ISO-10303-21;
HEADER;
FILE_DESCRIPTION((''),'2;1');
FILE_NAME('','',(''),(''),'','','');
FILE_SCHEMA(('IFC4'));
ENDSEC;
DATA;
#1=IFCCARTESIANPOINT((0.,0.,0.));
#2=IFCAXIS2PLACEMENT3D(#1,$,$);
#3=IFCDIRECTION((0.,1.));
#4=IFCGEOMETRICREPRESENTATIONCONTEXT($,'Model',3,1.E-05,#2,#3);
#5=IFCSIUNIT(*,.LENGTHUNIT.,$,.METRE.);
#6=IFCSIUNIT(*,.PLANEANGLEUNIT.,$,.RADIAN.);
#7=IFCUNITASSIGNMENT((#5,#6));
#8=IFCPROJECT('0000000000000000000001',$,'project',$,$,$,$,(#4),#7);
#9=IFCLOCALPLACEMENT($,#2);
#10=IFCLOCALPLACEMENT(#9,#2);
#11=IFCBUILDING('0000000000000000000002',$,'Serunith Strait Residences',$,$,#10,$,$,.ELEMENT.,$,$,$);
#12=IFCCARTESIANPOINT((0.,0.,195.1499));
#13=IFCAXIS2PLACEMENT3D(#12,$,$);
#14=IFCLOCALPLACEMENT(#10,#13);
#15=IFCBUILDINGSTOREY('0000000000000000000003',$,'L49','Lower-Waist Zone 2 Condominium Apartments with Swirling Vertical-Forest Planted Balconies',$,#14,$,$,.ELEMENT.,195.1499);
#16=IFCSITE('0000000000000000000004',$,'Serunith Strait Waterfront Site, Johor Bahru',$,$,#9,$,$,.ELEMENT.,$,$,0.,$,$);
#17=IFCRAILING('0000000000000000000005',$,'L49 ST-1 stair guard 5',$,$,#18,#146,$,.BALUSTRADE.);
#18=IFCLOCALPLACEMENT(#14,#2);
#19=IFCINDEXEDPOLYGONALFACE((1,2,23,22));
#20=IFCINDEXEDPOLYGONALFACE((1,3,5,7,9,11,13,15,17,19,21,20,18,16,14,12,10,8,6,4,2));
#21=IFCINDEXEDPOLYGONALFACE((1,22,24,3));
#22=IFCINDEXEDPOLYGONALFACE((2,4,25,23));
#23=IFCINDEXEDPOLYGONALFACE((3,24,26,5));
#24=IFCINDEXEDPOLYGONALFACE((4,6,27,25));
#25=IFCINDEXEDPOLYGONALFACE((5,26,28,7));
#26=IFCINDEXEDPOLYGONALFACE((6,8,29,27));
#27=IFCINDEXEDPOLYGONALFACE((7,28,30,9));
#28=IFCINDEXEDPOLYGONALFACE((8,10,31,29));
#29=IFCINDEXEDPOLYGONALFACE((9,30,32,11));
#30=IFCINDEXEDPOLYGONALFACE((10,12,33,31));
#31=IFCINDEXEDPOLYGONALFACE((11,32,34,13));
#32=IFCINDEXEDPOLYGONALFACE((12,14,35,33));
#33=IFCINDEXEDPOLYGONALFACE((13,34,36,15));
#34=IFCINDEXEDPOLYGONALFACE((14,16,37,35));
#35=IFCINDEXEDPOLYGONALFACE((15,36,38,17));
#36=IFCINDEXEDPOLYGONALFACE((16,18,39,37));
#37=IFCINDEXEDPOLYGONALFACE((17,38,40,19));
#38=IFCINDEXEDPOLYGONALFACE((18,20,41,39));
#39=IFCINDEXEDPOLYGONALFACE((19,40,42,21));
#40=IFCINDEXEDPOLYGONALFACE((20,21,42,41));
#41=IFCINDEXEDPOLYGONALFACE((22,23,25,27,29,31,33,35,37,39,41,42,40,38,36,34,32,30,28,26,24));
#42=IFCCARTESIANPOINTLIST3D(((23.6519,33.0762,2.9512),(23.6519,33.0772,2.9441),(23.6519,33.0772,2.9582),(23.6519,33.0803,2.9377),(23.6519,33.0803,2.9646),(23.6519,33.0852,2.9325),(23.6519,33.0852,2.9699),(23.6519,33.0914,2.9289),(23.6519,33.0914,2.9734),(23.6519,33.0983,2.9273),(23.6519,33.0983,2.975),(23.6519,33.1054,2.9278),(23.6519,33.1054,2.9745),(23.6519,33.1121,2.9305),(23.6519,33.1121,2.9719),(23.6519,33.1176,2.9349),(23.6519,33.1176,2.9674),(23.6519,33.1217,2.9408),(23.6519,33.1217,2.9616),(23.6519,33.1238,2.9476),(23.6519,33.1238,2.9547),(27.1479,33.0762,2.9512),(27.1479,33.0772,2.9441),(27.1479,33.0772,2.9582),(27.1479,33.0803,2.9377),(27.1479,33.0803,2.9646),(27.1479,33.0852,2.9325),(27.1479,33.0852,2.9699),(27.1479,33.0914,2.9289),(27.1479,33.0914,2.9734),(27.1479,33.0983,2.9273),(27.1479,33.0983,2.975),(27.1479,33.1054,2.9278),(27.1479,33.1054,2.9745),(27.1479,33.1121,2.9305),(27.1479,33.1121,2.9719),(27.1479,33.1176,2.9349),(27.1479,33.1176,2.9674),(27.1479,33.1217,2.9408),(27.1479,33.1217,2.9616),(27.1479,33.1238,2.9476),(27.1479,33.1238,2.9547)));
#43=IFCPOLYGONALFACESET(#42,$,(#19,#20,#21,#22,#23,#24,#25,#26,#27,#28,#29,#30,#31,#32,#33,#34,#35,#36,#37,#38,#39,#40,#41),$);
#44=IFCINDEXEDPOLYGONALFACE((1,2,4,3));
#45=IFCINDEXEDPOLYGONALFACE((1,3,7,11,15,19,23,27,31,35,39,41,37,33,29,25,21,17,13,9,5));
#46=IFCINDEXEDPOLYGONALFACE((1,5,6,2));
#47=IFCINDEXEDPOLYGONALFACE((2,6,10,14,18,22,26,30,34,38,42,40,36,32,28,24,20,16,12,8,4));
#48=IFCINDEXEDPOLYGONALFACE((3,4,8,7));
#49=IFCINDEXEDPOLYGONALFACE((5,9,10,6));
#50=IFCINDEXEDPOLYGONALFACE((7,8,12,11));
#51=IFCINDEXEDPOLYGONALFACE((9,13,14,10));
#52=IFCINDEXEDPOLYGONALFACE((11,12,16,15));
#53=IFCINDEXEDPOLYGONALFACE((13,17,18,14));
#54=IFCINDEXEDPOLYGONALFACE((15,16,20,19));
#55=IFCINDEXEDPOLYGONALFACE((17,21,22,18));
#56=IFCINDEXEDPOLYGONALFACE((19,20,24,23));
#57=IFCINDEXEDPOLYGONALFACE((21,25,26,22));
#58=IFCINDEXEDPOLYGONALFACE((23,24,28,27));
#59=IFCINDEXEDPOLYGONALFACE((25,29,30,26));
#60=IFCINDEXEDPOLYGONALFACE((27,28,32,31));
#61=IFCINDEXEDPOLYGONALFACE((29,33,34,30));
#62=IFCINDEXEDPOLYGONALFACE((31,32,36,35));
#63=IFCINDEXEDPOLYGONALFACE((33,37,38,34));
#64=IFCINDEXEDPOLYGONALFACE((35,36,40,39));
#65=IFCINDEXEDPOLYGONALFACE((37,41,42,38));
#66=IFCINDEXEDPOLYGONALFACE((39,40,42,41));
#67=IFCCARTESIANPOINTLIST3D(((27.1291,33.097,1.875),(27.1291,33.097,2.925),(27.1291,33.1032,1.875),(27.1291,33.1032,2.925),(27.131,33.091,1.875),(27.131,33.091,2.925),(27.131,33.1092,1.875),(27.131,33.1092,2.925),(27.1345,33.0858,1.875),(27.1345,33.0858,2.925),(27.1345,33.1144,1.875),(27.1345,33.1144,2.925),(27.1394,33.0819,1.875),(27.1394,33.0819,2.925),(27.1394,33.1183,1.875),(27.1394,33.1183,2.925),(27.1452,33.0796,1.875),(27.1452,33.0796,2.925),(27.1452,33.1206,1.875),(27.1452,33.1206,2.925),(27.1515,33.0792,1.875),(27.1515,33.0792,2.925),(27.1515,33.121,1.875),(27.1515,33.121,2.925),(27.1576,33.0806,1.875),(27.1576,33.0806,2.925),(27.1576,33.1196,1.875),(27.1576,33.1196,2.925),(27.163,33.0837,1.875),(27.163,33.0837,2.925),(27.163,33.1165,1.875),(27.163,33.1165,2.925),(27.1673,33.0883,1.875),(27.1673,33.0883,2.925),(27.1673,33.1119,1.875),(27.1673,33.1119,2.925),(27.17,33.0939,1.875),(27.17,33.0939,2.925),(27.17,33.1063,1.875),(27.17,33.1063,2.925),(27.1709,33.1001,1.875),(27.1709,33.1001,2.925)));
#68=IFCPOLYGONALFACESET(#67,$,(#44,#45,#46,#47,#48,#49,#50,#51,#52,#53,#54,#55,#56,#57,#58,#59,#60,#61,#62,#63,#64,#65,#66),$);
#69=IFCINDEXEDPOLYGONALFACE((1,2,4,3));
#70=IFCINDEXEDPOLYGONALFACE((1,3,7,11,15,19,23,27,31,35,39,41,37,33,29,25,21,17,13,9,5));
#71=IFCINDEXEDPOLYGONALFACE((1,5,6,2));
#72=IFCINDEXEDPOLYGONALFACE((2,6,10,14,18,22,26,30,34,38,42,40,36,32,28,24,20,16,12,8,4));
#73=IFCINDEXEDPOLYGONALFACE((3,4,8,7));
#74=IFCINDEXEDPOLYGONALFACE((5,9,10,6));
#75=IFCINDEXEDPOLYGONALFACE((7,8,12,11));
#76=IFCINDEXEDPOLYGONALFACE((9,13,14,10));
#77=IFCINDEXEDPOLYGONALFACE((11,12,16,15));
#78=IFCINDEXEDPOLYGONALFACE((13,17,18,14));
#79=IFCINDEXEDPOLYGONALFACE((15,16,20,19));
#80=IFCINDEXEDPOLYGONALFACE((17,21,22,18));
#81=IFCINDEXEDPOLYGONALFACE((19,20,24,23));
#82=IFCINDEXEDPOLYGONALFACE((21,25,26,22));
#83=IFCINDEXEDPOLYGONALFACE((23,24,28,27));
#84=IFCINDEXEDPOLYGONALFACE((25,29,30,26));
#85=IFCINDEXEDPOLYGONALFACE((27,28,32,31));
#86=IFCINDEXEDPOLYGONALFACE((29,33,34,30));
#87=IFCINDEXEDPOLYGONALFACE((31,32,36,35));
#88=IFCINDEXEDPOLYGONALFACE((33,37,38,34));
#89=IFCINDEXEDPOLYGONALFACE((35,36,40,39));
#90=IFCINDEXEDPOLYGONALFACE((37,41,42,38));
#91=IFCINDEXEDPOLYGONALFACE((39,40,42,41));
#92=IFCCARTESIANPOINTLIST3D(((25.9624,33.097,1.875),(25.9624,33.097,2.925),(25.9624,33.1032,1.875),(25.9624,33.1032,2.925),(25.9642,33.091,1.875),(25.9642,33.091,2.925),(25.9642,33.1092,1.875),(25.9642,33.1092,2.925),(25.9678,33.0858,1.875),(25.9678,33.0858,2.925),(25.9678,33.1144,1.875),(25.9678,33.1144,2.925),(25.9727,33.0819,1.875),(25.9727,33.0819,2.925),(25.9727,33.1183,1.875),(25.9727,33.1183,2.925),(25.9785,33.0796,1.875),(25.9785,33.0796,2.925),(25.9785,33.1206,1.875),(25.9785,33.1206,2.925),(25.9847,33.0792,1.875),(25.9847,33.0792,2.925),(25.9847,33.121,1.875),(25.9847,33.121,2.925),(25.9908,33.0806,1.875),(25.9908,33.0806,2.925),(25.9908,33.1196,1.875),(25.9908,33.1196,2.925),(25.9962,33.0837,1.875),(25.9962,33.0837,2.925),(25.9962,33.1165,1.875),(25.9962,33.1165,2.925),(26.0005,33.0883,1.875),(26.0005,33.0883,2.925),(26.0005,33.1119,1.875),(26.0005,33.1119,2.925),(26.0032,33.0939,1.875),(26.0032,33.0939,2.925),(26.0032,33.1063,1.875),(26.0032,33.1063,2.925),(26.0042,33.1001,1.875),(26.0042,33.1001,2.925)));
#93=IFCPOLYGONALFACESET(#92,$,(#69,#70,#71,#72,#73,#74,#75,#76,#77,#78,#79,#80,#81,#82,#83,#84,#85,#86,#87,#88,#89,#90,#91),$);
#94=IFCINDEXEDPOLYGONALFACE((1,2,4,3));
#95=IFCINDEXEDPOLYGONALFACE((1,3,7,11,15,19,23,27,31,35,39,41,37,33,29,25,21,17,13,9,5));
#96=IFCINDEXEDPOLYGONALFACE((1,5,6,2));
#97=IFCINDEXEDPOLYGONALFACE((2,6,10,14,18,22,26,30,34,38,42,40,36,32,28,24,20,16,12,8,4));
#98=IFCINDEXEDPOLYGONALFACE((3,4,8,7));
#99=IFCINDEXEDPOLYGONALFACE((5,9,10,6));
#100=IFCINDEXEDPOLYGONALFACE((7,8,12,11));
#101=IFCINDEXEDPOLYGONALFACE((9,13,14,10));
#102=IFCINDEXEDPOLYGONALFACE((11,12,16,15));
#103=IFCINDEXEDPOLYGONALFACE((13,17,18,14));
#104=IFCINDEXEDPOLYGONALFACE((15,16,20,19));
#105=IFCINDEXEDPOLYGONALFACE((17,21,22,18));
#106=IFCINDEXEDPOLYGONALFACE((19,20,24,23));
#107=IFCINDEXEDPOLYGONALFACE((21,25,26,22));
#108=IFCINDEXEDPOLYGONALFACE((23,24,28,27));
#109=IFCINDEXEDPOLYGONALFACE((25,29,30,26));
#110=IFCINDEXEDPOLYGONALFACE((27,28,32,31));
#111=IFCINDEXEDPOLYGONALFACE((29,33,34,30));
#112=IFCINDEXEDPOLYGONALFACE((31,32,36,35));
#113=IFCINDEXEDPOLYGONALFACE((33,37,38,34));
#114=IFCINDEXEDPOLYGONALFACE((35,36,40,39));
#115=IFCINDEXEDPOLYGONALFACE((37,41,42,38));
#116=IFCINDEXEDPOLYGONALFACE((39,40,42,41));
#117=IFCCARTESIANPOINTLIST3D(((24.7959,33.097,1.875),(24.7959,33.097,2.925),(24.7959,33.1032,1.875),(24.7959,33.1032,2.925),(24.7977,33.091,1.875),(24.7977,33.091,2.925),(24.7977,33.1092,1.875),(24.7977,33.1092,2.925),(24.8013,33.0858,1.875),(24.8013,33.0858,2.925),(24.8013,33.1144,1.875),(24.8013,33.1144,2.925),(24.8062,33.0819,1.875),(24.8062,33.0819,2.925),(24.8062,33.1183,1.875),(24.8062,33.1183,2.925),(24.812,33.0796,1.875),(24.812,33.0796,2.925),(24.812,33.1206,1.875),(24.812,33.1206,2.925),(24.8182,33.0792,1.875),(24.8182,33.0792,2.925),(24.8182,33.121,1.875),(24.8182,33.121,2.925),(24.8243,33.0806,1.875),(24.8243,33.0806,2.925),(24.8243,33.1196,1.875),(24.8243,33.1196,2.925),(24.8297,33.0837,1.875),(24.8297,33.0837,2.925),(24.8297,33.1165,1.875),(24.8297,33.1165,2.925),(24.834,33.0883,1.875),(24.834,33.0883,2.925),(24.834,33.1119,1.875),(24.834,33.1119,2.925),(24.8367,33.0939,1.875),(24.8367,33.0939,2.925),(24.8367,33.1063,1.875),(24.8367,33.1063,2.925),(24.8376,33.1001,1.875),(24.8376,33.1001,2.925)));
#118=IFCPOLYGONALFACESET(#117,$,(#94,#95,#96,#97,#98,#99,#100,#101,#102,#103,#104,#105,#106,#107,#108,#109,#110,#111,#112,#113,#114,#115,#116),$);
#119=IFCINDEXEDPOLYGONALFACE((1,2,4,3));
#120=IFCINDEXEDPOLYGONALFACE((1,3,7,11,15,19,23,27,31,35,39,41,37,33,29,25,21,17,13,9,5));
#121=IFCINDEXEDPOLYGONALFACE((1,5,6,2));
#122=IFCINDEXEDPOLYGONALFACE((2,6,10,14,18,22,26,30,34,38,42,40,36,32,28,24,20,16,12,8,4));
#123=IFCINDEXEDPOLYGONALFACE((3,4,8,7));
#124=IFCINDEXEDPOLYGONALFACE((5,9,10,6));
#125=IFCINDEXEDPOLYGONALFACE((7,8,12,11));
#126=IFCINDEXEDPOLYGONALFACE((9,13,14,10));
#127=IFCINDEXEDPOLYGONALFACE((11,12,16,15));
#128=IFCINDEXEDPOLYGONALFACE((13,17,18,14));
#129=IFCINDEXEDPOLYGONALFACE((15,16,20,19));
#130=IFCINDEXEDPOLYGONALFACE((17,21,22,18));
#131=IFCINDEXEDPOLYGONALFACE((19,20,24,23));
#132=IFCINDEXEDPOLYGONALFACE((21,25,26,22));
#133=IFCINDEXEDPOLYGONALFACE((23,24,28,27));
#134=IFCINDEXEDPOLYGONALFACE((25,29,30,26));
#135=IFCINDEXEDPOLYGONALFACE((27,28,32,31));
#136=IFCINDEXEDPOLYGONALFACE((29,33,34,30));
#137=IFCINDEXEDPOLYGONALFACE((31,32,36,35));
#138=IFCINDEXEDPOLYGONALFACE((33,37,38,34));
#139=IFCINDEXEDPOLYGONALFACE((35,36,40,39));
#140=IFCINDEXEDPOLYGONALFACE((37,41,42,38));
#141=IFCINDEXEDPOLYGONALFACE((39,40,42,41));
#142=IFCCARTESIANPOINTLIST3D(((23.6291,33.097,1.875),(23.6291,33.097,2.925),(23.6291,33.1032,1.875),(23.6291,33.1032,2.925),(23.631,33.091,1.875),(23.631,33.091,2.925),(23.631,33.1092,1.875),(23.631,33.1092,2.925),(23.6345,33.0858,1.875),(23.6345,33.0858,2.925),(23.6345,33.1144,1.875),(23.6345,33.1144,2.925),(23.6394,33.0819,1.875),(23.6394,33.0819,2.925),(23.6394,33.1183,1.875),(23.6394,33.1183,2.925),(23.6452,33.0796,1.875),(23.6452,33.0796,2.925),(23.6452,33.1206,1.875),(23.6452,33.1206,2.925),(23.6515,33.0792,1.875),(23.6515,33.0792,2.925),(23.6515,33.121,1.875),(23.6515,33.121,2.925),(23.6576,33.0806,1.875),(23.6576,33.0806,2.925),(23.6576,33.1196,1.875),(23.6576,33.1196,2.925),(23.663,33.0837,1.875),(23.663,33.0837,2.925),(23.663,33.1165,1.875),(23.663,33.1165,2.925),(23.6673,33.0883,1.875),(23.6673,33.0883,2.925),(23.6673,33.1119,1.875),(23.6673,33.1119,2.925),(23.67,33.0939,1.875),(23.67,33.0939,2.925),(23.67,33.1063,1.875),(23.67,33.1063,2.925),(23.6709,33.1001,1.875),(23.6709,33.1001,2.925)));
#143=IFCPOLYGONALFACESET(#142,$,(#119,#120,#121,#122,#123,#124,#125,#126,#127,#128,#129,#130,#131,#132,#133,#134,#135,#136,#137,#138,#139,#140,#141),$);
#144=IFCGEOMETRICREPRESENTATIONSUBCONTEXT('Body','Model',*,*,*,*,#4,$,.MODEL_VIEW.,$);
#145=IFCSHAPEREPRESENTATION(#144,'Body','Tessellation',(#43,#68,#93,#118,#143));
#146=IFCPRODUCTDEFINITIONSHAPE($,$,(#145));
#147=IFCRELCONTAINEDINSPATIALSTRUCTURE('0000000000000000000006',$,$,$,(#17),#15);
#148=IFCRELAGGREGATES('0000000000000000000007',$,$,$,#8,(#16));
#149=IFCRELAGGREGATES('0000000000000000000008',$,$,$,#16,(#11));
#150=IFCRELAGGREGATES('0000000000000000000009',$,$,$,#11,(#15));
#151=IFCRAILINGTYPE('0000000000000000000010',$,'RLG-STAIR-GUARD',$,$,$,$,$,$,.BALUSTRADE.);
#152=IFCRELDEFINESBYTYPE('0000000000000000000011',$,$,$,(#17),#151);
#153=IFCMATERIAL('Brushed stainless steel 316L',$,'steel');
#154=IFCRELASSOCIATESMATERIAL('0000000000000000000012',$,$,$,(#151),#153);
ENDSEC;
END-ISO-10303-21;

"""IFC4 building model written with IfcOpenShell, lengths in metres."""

from ifc_helpers import new_model, si_unit, direction, frame, origin, origin_2d, place, context, subcontext, project, spatial, circle, extrude, material, type_object, element, save


model = new_model("IFC4")

# Units and contexts
model_context = context("Model", 3, precision=1e-05, world=origin(), true_north=direction((0.0, 1.0)))
body_context = subcontext(model_context, "Body", "Model", "MODEL_VIEW")
ifc_project = project(units=[si_unit("LENGTHUNIT", "METRE"), si_unit("PLANEANGLEUNIT", "RADIAN")], contexts=[model_context])

# Site, building, storey
site_placement = place(None, origin())
site = spatial("IfcSite", under=ifc_project, at=site_placement, Name="Serunith Strait Waterfront Site, Johor Bahru", CompositionType="ELEMENT", RefElevation=0.0)
building_placement = place(site_placement, origin())
building = spatial("IfcBuilding", under=site, at=building_placement, Name="Serunith Strait Residences", CompositionType="ELEMENT")
storey_placement = place(building_placement, frame((0.0, 0.0, 195.1499)))
storey = spatial("IfcBuildingStorey", under=building, at=storey_placement, Name="L49", Description="Lower-Waist Zone 2 Condominium Apartments with Swirling Vertical-Forest Planted Balconies", CompositionType="ELEMENT", Elevation=195.1499)

# Railing
ifc_material_1 = material(Name="Brushed stainless steel 316L", Category="steel")
railing_type_1 = type_object("IfcRailingType", Name="RLG-STAIR-GUARD", PredefinedType="BALUSTRADE", material=ifc_material_1)
railing_1_placement = place(storey_placement, frame((27.1499, 33.1001, 1.875)))
element("IfcRailing", 1, at=railing_1_placement, inside=storey, type_object=railing_type_1, Name="L49 ST-1 stair guard 5", PredefinedType="BALUSTRADE", context=body_context, shape_type="SweptSolid", body=[
    extrude(circle(Radius=0.0239, at=origin_2d()), frame((-0.002, 0.0, 1.0762), z_axis=(-1.0, 0.0, 0.0), x_axis=(0.0, -1.0, 0.0)), (0.0, 0.0, 1.0), 3.4961),
    extrude(circle(Radius=0.021, at=origin_2d()), origin(), (0.0, 0.0, 1.0), 1.05),
    extrude(circle(Radius=0.021, at=origin_2d()), frame((-1.1667, 0.0, 0.0)), (0.0, 0.0, 1.0), 1.05),
    extrude(circle(Radius=0.021, at=origin_2d()), frame((-2.3333, 0.0, 0.0)), (0.0, 0.0, 1.0), 1.05),
    extrude(circle(Radius=0.021, at=origin_2d()), frame((-3.5, 0.0, 0.0)), (0.0, 0.0, 1.0), 1.05),
])

save(model, "model.ifc")
